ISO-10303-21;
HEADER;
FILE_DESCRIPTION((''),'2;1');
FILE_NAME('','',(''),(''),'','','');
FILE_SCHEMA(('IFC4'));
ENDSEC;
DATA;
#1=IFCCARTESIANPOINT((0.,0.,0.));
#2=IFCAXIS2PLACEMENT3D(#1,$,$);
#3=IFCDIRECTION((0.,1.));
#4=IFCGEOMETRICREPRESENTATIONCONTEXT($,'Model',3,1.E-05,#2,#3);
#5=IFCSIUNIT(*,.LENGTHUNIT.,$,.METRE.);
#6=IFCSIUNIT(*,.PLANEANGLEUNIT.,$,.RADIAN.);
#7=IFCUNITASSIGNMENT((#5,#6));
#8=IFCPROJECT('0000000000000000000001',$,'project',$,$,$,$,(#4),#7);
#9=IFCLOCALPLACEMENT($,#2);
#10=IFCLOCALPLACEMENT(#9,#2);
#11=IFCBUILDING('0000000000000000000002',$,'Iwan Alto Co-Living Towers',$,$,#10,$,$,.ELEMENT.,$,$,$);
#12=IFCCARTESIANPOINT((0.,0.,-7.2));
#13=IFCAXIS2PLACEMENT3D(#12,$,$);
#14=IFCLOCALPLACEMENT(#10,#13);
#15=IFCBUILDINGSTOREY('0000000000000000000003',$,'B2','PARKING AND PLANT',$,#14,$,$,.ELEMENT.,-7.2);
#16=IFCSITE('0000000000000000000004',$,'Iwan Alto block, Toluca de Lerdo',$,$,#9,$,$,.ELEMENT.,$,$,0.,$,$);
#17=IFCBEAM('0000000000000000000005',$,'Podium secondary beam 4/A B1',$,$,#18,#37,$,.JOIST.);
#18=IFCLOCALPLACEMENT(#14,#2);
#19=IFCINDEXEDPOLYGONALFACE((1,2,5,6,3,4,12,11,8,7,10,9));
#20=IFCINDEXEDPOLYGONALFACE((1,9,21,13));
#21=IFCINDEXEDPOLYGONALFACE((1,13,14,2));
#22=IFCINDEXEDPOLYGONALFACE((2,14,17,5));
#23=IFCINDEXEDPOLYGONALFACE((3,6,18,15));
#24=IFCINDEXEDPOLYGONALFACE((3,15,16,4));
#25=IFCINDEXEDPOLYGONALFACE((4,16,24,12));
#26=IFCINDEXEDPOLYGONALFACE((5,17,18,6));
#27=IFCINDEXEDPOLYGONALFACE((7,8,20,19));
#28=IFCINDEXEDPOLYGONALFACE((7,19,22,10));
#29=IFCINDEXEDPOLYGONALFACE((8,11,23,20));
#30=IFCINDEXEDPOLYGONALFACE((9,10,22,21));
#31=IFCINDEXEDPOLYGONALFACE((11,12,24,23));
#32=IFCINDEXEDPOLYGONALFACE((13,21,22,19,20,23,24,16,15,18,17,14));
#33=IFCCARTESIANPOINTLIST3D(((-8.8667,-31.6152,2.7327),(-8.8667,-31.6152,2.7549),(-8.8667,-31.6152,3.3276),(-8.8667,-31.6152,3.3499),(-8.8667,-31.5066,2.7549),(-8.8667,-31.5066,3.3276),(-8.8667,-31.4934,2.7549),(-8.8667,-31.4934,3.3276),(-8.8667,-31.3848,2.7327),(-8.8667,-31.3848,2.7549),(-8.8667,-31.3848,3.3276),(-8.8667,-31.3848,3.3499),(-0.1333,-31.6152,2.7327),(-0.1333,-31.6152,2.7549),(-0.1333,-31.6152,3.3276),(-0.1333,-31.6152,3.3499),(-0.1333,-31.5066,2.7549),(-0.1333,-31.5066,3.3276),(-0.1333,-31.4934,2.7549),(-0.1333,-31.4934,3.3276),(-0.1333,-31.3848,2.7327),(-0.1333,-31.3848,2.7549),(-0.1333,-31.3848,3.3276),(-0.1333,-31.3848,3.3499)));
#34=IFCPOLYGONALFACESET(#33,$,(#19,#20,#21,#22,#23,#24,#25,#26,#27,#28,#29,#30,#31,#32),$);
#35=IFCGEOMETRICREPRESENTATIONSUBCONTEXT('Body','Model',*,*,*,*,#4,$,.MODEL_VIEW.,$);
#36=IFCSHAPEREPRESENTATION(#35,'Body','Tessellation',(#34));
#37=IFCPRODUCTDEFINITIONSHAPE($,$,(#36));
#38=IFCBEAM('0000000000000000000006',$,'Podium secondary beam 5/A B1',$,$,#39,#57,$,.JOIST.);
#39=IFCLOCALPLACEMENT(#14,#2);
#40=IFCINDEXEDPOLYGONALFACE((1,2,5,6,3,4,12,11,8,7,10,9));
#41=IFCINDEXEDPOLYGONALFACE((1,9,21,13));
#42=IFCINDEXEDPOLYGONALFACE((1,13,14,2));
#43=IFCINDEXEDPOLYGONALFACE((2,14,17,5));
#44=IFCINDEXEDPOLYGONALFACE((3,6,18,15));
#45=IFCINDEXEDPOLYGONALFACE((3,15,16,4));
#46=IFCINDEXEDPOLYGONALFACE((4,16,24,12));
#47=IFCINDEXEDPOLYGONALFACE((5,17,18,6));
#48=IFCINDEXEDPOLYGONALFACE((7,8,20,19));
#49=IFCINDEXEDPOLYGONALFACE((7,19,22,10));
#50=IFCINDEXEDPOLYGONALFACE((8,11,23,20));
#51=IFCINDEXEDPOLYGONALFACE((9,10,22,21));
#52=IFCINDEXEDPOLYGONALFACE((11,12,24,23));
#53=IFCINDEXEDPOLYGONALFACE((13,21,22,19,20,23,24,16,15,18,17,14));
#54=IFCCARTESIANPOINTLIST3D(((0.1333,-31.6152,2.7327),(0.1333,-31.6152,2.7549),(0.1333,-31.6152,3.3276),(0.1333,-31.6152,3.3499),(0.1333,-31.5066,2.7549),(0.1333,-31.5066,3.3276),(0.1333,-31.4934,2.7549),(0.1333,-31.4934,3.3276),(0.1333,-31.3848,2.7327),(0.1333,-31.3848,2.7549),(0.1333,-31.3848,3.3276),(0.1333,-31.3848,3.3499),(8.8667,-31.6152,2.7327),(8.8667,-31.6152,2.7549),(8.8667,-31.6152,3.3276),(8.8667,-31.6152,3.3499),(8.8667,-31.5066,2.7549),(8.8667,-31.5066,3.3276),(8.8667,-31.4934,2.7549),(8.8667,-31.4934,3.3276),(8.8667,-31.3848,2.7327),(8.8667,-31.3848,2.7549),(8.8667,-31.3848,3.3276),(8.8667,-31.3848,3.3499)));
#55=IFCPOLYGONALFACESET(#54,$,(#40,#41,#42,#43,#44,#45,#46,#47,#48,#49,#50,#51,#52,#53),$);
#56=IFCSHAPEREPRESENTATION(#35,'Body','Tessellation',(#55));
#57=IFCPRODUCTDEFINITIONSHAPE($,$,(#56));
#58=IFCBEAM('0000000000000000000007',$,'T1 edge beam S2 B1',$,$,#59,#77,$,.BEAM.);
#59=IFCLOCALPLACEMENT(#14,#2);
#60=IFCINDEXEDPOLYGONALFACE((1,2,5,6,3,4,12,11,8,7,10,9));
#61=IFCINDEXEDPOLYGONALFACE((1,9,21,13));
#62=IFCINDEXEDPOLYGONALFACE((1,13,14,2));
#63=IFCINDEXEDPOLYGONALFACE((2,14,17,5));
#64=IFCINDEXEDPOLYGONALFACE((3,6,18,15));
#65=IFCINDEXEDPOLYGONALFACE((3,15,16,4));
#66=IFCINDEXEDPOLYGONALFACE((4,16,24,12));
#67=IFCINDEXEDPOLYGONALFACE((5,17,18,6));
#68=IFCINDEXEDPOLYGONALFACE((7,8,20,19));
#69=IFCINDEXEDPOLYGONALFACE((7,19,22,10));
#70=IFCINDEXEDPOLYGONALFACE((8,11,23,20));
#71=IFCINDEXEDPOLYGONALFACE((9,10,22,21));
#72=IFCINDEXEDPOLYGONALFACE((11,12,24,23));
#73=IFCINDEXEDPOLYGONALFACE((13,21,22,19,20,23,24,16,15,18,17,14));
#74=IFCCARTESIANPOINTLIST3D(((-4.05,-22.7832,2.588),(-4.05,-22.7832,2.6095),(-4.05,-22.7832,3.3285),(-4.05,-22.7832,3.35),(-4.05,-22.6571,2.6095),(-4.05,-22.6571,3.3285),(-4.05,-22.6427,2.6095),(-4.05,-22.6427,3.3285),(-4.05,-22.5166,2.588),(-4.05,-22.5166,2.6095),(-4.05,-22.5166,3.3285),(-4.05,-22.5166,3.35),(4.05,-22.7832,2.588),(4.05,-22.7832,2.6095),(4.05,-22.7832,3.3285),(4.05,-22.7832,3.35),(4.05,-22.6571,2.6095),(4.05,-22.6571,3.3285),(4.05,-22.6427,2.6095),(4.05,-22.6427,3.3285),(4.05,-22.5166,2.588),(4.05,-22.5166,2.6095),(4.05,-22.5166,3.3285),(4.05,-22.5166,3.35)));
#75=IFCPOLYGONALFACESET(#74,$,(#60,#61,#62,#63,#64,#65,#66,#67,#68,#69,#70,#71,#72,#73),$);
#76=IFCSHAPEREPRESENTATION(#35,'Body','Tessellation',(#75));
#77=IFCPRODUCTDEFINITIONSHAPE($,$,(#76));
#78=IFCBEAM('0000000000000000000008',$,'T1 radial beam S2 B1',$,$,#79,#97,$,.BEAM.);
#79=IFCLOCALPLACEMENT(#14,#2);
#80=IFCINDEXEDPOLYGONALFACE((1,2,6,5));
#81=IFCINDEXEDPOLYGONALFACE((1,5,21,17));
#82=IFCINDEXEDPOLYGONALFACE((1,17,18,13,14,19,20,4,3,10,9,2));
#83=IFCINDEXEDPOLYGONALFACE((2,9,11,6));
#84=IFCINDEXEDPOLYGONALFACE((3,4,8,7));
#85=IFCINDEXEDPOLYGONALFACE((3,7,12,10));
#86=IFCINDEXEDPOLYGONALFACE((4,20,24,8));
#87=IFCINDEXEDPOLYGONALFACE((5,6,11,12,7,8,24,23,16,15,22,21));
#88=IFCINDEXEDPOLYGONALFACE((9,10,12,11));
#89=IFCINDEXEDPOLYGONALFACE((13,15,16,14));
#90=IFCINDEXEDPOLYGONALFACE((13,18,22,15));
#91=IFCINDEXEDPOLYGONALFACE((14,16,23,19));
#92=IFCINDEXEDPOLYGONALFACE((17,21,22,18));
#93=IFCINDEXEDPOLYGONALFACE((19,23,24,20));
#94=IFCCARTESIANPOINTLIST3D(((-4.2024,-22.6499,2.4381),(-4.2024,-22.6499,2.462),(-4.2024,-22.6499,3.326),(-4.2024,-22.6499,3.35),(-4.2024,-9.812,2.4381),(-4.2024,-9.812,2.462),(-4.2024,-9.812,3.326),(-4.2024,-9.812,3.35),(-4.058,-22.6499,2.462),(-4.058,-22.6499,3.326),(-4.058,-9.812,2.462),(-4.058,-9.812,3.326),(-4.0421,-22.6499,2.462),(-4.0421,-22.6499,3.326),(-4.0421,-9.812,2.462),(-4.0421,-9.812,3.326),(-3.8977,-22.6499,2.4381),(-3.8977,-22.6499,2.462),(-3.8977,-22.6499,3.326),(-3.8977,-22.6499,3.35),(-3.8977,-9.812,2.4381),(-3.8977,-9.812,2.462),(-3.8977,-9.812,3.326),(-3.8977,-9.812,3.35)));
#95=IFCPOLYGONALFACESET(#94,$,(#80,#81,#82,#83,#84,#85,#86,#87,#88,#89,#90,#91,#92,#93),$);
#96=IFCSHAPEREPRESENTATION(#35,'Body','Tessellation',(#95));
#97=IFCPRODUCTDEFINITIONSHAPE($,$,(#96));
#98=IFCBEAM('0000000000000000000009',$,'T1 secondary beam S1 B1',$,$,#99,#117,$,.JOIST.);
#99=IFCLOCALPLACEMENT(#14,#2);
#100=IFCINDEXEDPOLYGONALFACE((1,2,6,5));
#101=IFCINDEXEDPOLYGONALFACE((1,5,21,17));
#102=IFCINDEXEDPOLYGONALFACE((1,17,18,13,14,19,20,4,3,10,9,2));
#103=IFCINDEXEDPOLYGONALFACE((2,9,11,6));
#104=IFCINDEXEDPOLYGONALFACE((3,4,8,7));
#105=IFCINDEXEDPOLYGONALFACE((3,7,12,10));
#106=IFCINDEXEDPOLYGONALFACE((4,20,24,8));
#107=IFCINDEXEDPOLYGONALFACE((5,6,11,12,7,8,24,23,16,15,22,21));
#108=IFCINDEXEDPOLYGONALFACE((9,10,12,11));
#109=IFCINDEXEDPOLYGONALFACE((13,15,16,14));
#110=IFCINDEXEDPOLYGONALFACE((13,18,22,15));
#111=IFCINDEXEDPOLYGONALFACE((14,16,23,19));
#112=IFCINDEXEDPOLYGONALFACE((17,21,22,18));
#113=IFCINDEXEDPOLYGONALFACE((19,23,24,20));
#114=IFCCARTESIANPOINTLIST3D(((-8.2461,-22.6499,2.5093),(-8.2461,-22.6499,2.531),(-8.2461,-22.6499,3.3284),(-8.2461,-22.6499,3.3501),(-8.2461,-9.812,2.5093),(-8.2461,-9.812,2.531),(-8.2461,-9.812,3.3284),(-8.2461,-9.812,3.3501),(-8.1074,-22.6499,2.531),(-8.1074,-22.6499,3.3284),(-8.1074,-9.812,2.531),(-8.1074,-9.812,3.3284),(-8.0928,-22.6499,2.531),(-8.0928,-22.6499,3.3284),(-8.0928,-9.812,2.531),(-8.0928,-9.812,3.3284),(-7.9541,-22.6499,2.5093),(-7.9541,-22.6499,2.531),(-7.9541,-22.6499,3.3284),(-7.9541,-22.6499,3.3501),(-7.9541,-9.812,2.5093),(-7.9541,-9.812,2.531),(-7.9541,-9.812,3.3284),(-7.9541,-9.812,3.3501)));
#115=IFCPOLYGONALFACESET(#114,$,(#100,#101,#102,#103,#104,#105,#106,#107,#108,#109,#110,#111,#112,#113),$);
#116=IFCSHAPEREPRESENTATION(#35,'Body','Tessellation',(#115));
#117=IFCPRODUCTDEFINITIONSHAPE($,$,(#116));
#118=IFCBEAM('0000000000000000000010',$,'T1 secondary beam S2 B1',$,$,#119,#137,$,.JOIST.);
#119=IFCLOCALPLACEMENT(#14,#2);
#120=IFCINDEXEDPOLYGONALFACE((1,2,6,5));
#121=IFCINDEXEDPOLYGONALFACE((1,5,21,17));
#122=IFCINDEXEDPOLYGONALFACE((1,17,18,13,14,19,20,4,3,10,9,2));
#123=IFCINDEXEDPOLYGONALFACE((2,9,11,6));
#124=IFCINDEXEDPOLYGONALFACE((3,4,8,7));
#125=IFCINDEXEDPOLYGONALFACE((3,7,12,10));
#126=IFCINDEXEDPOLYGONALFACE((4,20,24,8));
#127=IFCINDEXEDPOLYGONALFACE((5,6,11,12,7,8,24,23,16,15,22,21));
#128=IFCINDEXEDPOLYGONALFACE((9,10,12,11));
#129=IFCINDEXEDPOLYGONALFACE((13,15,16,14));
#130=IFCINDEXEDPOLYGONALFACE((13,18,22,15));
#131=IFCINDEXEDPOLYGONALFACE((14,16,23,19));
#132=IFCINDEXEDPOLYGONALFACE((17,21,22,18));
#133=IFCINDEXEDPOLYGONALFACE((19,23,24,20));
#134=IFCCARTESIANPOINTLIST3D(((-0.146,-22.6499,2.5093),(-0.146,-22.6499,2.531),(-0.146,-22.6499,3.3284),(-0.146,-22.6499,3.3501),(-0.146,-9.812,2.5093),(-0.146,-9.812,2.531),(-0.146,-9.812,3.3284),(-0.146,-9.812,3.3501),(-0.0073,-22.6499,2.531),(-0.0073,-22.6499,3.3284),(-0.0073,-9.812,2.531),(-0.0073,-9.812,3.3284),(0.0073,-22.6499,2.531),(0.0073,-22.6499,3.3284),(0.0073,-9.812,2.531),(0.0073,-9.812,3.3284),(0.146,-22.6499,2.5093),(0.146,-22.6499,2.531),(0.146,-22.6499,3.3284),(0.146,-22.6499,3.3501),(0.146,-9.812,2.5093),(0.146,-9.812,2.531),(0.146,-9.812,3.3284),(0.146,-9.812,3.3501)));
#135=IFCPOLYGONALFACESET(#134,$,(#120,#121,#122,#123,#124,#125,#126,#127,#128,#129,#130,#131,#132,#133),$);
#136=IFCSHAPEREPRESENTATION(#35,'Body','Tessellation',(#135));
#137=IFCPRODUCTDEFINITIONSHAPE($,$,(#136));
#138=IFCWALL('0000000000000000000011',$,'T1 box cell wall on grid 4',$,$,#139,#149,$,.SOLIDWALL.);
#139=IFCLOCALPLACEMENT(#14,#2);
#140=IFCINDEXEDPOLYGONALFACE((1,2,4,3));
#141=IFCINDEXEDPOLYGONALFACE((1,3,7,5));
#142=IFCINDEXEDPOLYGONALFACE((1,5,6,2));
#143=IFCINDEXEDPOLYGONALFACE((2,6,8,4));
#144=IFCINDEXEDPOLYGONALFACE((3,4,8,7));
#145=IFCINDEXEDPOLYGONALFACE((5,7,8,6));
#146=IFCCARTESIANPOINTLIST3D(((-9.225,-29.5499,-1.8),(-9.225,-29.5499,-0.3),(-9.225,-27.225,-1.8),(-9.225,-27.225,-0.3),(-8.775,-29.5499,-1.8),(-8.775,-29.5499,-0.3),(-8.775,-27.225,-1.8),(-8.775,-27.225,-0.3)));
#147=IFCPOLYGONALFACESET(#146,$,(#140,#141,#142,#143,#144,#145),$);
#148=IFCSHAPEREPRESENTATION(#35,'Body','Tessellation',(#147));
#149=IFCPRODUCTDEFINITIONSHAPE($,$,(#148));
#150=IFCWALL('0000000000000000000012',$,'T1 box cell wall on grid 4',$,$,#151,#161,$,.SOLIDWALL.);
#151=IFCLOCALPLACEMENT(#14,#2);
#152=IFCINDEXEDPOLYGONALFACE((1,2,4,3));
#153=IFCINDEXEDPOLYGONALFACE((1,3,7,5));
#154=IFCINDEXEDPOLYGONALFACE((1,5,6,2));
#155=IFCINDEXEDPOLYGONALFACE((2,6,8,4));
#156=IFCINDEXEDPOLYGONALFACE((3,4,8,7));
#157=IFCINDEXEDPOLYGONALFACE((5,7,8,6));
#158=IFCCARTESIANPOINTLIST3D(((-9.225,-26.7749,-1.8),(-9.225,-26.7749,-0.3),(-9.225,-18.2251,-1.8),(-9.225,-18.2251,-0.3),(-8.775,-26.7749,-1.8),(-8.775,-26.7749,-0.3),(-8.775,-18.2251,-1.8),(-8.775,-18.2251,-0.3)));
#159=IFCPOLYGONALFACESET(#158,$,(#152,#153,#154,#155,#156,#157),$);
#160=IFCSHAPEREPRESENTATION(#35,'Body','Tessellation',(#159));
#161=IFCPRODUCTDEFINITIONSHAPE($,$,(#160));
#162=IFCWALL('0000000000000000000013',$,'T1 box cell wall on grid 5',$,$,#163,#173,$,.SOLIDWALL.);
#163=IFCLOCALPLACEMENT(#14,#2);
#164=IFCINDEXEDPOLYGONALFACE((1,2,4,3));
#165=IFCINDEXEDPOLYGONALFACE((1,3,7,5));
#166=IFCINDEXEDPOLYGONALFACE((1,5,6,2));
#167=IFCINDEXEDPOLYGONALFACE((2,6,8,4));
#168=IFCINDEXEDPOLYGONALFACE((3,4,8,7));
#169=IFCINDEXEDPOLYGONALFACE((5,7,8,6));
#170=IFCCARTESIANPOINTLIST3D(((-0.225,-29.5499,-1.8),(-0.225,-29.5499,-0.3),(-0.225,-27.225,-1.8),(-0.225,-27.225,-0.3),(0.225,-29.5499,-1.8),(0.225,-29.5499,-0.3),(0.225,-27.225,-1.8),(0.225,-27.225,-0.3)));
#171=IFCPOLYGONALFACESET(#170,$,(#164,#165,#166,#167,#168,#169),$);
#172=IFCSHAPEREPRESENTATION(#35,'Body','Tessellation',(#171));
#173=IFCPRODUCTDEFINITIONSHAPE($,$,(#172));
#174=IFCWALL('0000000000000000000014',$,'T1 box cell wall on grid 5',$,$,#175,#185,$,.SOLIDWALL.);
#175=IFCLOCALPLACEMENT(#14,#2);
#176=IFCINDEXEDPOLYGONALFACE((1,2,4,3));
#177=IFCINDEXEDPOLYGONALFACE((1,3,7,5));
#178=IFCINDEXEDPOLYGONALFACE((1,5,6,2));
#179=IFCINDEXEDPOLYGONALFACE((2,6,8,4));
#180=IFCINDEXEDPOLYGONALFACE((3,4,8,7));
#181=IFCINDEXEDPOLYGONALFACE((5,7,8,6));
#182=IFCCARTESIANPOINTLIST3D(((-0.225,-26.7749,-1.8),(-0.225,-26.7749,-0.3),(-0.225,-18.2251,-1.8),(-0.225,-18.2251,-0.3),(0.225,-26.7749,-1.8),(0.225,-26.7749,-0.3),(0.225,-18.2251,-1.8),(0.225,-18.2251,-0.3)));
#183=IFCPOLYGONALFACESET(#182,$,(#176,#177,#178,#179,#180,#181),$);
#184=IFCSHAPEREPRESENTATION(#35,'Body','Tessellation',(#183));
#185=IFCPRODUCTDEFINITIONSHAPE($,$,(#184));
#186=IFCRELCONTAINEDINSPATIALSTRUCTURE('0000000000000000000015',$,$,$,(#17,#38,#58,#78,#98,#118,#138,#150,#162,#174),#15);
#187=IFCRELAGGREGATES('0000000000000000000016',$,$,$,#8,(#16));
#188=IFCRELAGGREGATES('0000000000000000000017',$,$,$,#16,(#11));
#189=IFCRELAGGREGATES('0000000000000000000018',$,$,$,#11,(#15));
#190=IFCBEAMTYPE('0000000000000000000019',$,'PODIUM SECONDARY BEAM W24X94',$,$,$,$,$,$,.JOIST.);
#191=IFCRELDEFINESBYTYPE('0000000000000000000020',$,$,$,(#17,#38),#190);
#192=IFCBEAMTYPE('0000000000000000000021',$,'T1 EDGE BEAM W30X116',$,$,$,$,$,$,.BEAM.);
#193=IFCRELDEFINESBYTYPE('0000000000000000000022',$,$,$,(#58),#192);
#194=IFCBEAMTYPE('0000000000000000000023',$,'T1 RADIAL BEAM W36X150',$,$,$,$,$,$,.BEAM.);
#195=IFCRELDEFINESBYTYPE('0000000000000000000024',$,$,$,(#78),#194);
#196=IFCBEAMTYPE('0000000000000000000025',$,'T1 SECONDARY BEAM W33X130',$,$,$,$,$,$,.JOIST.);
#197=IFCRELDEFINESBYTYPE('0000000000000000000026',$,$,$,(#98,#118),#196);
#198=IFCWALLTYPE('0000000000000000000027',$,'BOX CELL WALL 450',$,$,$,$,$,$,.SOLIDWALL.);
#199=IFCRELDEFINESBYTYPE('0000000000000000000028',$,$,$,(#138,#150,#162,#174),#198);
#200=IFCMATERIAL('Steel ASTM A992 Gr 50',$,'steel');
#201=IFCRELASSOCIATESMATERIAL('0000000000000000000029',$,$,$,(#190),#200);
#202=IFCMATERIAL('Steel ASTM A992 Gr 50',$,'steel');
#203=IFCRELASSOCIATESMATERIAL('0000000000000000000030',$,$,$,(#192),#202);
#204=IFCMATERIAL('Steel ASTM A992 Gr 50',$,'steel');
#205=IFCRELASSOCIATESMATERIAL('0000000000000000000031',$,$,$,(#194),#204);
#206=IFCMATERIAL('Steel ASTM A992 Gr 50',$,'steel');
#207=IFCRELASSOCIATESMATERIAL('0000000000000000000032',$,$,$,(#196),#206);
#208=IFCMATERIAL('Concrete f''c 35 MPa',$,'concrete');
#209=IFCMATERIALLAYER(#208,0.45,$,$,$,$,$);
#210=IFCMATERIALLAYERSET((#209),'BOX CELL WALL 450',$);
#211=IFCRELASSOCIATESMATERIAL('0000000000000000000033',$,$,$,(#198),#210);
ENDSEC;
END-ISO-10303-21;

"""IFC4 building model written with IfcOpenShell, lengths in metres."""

from ifc_helpers import new_model, si_unit, direction, frame, frame_2d, origin, origin_2d, place, context, subcontext, project, spatial, rectangle, i_section, extrude, material, layer, layer_set, material_profile, profile_set, type_object, element, save


model = new_model("IFC4")

# Units and contexts
model_context = context("Model", 3, precision=1e-05, world=origin(), true_north=direction((0.0, 1.0)))
body_context = subcontext(model_context, "Body", "Model", "MODEL_VIEW")
ifc_project = project(units=[si_unit("LENGTHUNIT", "METRE"), si_unit("PLANEANGLEUNIT", "RADIAN")], contexts=[model_context])

# Site, building, storey
site_placement = place(None, origin())
site = spatial("IfcSite", under=ifc_project, at=site_placement, Name="Iwan Alto block, Toluca de Lerdo", CompositionType="ELEMENT", RefElevation=0.0)
building_placement = place(site_placement, origin())
building = spatial("IfcBuilding", under=site, at=building_placement, Name="Iwan Alto Co-Living Towers", CompositionType="ELEMENT")
storey_placement = place(building_placement, frame((0.0, 0.0, -7.2)))
storey = spatial("IfcBuildingStorey", under=building, at=storey_placement, Name="B2", Description="PARKING AND PLANT", CompositionType="ELEMENT", Elevation=-7.2)

# Beams
ifc_material_1 = material(Name="Steel ASTM A992 Gr 50", Category="steel")
ifc_material_profile_1 = material_profile(ifc_material_1, i_section(OverallWidth=0.2305, OverallDepth=0.6172, WebThickness=0.0132, FlangeThickness=0.0222, at=origin_2d()), Name="W24X94")
ifc_profile_set_1 = profile_set([ifc_material_profile_1], Name="Steel ASTM A992 Gr 50")
beam_type_1 = type_object("IfcBeamType", Name="PODIUM SECONDARY BEAM W24X94", PredefinedType="JOIST", material=ifc_profile_set_1)
for number, where, z_axis, x_axis, name in (
    (1, (-8.8667, -31.5, 3.0413), (1.0, 0.0, 0.0), (0.0, 1.0, 0.0), "Podium secondary beam 4/A B1"),
    (2, (0.1333, -31.5, 3.0413), (1.0, 0.0, 0.0), (0.0, 1.0, 0.0), "Podium secondary beam 5/A B1"),
):
    element("IfcBeam", number, at=place(storey_placement, frame(where, z_axis=z_axis, x_axis=x_axis)), inside=storey, type_object=beam_type_1, Name=name, PredefinedType="JOIST", context=body_context, shape_type="SweptSolid", body=[
        extrude(i_section(OverallWidth=0.2305, OverallDepth=0.6172, WebThickness=0.0132, FlangeThickness=0.0222, at=origin_2d()), origin(), (0.0, 0.0, 1.0), 8.7334),
    ])
ifc_material_2 = material(Name="Steel ASTM A992 Gr 50", Category="steel")
ifc_material_profile_2 = material_profile(ifc_material_2, i_section(OverallWidth=0.2666, OverallDepth=0.762, WebThickness=0.0144, FlangeThickness=0.0215, at=origin_2d()), Name="W30X116")
ifc_profile_set_2 = profile_set([ifc_material_profile_2], Name="Steel ASTM A992 Gr 50")
beam_type_2 = type_object("IfcBeamType", Name="T1 EDGE BEAM W30X116", PredefinedType="BEAM", material=ifc_profile_set_2)
beam_1_placement = place(storey_placement, frame((-4.05, -22.6499, 2.969), z_axis=(1.0, 0.0, 0.0), x_axis=(0.0, 1.0, 0.0)))
element("IfcBeam", 3, at=beam_1_placement, inside=storey, type_object=beam_type_2, Name="T1 edge beam S2 B1", PredefinedType="BEAM", context=body_context, shape_type="SweptSolid", body=[
    extrude(i_section(OverallWidth=0.2666, OverallDepth=0.762, WebThickness=0.0144, FlangeThickness=0.0215, at=origin_2d()), origin(), (0.0, 0.0, 1.0), 8.1001),
])
ifc_material_3 = material(Name="Steel ASTM A992 Gr 50", Category="steel")
ifc_material_profile_3 = material_profile(ifc_material_3, i_section(OverallWidth=0.3047, OverallDepth=0.9119, WebThickness=0.0159, FlangeThickness=0.0239, at=origin_2d()), Name="W36X150")
ifc_profile_set_3 = profile_set([ifc_material_profile_3], Name="Steel ASTM A992 Gr 50")
beam_type_3 = type_object("IfcBeamType", Name="T1 RADIAL BEAM W36X150", PredefinedType="BEAM", material=ifc_profile_set_3)
beam_2_placement = place(storey_placement, frame((-4.05, -22.6499, 2.894), z_axis=(0.0, 1.0, 0.0), x_axis=(-1.0, 0.0, 0.0)))
element("IfcBeam", 4, at=beam_2_placement, inside=storey, type_object=beam_type_3, Name="T1 radial beam S2 B1", PredefinedType="BEAM", context=body_context, shape_type="SweptSolid", body=[
    extrude(i_section(OverallWidth=0.3047, OverallDepth=0.9119, WebThickness=0.0159, FlangeThickness=0.0239, at=origin_2d()), origin(), (0.0, 0.0, 1.0), 12.8379),
])
ifc_material_4 = material(Name="Steel ASTM A992 Gr 50", Category="steel")
ifc_material_profile_4 = material_profile(ifc_material_4, i_section(OverallWidth=0.292, OverallDepth=0.8408, WebThickness=0.0146, FlangeThickness=0.0217, at=origin_2d()), Name="W33X130")
ifc_profile_set_4 = profile_set([ifc_material_profile_4], Name="Steel ASTM A992 Gr 50")
beam_type_4 = type_object("IfcBeamType", Name="T1 SECONDARY BEAM W33X130", PredefinedType="JOIST", material=ifc_profile_set_4)
for number, where, z_axis, x_axis, name in (
    (5, (-8.1001, -22.6499, 2.9297), (0.0, 1.0, 0.0), (-1.0, 0.0, 0.0), "T1 secondary beam S1 B1"),
    (6, (0.0, -22.6499, 2.9297), (0.0, 1.0, 0.0), (-1.0, 0.0, 0.0), "T1 secondary beam S2 B1"),
):
    element("IfcBeam", number, at=place(storey_placement, frame(where, z_axis=z_axis, x_axis=x_axis)), inside=storey, type_object=beam_type_4, Name=name, PredefinedType="JOIST", context=body_context, shape_type="SweptSolid", body=[
        extrude(i_section(OverallWidth=0.292, OverallDepth=0.8408, WebThickness=0.0146, FlangeThickness=0.0217, at=origin_2d()), origin(), (0.0, 0.0, 1.0), 12.8379),
    ])

# Walls
ifc_material_5 = material(Name="Concrete f'c 35 MPa", Category="concrete")
ifc_layer = layer(ifc_material_5, 0.45)
ifc_layer_set = layer_set([ifc_layer], Name="BOX CELL WALL 450")
wall_type = type_object("IfcWallType", Name="BOX CELL WALL 450", PredefinedType="SOLIDWALL", material=ifc_layer_set)
wall_1_placement = place(storey_placement, frame((-9.0, -29.55, -1.8), z_axis=(0.0, 0.0, 1.0), x_axis=(0.0, 1.0, 0.0)))
element("IfcWall", 7, at=wall_1_placement, inside=storey, type_object=wall_type, Name="T1 box cell wall on grid 4", PredefinedType="SOLIDWALL", context=body_context, shape_type="SweptSolid", body=[
    extrude(rectangle(XDim=2.325, YDim=0.45, at=frame_2d((1.1626, 0.0))), origin(), (0.0, 0.0, 1.0), 1.5),
])
wall_2_placement = place(storey_placement, frame((-9.0, -26.7749, -1.8), z_axis=(0.0, 0.0, 1.0), x_axis=(0.0, 1.0, 0.0)))
element("IfcWall", 8, at=wall_2_placement, inside=storey, type_object=wall_type, Name="T1 box cell wall on grid 4", PredefinedType="SOLIDWALL", context=body_context, shape_type="SweptSolid", body=[
    extrude(rectangle(XDim=8.5498, YDim=0.45, at=frame_2d((4.2749, 0.0))), origin(), (0.0, 0.0, 1.0), 1.5),
])
wall_3_placement = place(storey_placement, frame((0.0, -29.55, -1.8), z_axis=(0.0, 0.0, 1.0), x_axis=(0.0, 1.0, 0.0)))
element("IfcWall", 9, at=wall_3_placement, inside=storey, type_object=wall_type, Name="T1 box cell wall on grid 5", PredefinedType="SOLIDWALL", context=body_context, shape_type="SweptSolid", body=[
    extrude(rectangle(XDim=2.325, YDim=0.45, at=frame_2d((1.1626, 0.0))), origin(), (0.0, 0.0, 1.0), 1.5),
])
wall_4_placement = place(storey_placement, frame((0.0, -26.7749, -1.8), z_axis=(0.0, 0.0, 1.0), x_axis=(0.0, 1.0, 0.0)))
element("IfcWall", 10, at=wall_4_placement, inside=storey, type_object=wall_type, Name="T1 box cell wall on grid 5", PredefinedType="SOLIDWALL", context=body_context, shape_type="SweptSolid", body=[
    extrude(rectangle(XDim=8.5498, YDim=0.45, at=frame_2d((4.2749, 0.0))), origin(), (0.0, 0.0, 1.0), 1.5),
])

save(model, "model.ifc")
